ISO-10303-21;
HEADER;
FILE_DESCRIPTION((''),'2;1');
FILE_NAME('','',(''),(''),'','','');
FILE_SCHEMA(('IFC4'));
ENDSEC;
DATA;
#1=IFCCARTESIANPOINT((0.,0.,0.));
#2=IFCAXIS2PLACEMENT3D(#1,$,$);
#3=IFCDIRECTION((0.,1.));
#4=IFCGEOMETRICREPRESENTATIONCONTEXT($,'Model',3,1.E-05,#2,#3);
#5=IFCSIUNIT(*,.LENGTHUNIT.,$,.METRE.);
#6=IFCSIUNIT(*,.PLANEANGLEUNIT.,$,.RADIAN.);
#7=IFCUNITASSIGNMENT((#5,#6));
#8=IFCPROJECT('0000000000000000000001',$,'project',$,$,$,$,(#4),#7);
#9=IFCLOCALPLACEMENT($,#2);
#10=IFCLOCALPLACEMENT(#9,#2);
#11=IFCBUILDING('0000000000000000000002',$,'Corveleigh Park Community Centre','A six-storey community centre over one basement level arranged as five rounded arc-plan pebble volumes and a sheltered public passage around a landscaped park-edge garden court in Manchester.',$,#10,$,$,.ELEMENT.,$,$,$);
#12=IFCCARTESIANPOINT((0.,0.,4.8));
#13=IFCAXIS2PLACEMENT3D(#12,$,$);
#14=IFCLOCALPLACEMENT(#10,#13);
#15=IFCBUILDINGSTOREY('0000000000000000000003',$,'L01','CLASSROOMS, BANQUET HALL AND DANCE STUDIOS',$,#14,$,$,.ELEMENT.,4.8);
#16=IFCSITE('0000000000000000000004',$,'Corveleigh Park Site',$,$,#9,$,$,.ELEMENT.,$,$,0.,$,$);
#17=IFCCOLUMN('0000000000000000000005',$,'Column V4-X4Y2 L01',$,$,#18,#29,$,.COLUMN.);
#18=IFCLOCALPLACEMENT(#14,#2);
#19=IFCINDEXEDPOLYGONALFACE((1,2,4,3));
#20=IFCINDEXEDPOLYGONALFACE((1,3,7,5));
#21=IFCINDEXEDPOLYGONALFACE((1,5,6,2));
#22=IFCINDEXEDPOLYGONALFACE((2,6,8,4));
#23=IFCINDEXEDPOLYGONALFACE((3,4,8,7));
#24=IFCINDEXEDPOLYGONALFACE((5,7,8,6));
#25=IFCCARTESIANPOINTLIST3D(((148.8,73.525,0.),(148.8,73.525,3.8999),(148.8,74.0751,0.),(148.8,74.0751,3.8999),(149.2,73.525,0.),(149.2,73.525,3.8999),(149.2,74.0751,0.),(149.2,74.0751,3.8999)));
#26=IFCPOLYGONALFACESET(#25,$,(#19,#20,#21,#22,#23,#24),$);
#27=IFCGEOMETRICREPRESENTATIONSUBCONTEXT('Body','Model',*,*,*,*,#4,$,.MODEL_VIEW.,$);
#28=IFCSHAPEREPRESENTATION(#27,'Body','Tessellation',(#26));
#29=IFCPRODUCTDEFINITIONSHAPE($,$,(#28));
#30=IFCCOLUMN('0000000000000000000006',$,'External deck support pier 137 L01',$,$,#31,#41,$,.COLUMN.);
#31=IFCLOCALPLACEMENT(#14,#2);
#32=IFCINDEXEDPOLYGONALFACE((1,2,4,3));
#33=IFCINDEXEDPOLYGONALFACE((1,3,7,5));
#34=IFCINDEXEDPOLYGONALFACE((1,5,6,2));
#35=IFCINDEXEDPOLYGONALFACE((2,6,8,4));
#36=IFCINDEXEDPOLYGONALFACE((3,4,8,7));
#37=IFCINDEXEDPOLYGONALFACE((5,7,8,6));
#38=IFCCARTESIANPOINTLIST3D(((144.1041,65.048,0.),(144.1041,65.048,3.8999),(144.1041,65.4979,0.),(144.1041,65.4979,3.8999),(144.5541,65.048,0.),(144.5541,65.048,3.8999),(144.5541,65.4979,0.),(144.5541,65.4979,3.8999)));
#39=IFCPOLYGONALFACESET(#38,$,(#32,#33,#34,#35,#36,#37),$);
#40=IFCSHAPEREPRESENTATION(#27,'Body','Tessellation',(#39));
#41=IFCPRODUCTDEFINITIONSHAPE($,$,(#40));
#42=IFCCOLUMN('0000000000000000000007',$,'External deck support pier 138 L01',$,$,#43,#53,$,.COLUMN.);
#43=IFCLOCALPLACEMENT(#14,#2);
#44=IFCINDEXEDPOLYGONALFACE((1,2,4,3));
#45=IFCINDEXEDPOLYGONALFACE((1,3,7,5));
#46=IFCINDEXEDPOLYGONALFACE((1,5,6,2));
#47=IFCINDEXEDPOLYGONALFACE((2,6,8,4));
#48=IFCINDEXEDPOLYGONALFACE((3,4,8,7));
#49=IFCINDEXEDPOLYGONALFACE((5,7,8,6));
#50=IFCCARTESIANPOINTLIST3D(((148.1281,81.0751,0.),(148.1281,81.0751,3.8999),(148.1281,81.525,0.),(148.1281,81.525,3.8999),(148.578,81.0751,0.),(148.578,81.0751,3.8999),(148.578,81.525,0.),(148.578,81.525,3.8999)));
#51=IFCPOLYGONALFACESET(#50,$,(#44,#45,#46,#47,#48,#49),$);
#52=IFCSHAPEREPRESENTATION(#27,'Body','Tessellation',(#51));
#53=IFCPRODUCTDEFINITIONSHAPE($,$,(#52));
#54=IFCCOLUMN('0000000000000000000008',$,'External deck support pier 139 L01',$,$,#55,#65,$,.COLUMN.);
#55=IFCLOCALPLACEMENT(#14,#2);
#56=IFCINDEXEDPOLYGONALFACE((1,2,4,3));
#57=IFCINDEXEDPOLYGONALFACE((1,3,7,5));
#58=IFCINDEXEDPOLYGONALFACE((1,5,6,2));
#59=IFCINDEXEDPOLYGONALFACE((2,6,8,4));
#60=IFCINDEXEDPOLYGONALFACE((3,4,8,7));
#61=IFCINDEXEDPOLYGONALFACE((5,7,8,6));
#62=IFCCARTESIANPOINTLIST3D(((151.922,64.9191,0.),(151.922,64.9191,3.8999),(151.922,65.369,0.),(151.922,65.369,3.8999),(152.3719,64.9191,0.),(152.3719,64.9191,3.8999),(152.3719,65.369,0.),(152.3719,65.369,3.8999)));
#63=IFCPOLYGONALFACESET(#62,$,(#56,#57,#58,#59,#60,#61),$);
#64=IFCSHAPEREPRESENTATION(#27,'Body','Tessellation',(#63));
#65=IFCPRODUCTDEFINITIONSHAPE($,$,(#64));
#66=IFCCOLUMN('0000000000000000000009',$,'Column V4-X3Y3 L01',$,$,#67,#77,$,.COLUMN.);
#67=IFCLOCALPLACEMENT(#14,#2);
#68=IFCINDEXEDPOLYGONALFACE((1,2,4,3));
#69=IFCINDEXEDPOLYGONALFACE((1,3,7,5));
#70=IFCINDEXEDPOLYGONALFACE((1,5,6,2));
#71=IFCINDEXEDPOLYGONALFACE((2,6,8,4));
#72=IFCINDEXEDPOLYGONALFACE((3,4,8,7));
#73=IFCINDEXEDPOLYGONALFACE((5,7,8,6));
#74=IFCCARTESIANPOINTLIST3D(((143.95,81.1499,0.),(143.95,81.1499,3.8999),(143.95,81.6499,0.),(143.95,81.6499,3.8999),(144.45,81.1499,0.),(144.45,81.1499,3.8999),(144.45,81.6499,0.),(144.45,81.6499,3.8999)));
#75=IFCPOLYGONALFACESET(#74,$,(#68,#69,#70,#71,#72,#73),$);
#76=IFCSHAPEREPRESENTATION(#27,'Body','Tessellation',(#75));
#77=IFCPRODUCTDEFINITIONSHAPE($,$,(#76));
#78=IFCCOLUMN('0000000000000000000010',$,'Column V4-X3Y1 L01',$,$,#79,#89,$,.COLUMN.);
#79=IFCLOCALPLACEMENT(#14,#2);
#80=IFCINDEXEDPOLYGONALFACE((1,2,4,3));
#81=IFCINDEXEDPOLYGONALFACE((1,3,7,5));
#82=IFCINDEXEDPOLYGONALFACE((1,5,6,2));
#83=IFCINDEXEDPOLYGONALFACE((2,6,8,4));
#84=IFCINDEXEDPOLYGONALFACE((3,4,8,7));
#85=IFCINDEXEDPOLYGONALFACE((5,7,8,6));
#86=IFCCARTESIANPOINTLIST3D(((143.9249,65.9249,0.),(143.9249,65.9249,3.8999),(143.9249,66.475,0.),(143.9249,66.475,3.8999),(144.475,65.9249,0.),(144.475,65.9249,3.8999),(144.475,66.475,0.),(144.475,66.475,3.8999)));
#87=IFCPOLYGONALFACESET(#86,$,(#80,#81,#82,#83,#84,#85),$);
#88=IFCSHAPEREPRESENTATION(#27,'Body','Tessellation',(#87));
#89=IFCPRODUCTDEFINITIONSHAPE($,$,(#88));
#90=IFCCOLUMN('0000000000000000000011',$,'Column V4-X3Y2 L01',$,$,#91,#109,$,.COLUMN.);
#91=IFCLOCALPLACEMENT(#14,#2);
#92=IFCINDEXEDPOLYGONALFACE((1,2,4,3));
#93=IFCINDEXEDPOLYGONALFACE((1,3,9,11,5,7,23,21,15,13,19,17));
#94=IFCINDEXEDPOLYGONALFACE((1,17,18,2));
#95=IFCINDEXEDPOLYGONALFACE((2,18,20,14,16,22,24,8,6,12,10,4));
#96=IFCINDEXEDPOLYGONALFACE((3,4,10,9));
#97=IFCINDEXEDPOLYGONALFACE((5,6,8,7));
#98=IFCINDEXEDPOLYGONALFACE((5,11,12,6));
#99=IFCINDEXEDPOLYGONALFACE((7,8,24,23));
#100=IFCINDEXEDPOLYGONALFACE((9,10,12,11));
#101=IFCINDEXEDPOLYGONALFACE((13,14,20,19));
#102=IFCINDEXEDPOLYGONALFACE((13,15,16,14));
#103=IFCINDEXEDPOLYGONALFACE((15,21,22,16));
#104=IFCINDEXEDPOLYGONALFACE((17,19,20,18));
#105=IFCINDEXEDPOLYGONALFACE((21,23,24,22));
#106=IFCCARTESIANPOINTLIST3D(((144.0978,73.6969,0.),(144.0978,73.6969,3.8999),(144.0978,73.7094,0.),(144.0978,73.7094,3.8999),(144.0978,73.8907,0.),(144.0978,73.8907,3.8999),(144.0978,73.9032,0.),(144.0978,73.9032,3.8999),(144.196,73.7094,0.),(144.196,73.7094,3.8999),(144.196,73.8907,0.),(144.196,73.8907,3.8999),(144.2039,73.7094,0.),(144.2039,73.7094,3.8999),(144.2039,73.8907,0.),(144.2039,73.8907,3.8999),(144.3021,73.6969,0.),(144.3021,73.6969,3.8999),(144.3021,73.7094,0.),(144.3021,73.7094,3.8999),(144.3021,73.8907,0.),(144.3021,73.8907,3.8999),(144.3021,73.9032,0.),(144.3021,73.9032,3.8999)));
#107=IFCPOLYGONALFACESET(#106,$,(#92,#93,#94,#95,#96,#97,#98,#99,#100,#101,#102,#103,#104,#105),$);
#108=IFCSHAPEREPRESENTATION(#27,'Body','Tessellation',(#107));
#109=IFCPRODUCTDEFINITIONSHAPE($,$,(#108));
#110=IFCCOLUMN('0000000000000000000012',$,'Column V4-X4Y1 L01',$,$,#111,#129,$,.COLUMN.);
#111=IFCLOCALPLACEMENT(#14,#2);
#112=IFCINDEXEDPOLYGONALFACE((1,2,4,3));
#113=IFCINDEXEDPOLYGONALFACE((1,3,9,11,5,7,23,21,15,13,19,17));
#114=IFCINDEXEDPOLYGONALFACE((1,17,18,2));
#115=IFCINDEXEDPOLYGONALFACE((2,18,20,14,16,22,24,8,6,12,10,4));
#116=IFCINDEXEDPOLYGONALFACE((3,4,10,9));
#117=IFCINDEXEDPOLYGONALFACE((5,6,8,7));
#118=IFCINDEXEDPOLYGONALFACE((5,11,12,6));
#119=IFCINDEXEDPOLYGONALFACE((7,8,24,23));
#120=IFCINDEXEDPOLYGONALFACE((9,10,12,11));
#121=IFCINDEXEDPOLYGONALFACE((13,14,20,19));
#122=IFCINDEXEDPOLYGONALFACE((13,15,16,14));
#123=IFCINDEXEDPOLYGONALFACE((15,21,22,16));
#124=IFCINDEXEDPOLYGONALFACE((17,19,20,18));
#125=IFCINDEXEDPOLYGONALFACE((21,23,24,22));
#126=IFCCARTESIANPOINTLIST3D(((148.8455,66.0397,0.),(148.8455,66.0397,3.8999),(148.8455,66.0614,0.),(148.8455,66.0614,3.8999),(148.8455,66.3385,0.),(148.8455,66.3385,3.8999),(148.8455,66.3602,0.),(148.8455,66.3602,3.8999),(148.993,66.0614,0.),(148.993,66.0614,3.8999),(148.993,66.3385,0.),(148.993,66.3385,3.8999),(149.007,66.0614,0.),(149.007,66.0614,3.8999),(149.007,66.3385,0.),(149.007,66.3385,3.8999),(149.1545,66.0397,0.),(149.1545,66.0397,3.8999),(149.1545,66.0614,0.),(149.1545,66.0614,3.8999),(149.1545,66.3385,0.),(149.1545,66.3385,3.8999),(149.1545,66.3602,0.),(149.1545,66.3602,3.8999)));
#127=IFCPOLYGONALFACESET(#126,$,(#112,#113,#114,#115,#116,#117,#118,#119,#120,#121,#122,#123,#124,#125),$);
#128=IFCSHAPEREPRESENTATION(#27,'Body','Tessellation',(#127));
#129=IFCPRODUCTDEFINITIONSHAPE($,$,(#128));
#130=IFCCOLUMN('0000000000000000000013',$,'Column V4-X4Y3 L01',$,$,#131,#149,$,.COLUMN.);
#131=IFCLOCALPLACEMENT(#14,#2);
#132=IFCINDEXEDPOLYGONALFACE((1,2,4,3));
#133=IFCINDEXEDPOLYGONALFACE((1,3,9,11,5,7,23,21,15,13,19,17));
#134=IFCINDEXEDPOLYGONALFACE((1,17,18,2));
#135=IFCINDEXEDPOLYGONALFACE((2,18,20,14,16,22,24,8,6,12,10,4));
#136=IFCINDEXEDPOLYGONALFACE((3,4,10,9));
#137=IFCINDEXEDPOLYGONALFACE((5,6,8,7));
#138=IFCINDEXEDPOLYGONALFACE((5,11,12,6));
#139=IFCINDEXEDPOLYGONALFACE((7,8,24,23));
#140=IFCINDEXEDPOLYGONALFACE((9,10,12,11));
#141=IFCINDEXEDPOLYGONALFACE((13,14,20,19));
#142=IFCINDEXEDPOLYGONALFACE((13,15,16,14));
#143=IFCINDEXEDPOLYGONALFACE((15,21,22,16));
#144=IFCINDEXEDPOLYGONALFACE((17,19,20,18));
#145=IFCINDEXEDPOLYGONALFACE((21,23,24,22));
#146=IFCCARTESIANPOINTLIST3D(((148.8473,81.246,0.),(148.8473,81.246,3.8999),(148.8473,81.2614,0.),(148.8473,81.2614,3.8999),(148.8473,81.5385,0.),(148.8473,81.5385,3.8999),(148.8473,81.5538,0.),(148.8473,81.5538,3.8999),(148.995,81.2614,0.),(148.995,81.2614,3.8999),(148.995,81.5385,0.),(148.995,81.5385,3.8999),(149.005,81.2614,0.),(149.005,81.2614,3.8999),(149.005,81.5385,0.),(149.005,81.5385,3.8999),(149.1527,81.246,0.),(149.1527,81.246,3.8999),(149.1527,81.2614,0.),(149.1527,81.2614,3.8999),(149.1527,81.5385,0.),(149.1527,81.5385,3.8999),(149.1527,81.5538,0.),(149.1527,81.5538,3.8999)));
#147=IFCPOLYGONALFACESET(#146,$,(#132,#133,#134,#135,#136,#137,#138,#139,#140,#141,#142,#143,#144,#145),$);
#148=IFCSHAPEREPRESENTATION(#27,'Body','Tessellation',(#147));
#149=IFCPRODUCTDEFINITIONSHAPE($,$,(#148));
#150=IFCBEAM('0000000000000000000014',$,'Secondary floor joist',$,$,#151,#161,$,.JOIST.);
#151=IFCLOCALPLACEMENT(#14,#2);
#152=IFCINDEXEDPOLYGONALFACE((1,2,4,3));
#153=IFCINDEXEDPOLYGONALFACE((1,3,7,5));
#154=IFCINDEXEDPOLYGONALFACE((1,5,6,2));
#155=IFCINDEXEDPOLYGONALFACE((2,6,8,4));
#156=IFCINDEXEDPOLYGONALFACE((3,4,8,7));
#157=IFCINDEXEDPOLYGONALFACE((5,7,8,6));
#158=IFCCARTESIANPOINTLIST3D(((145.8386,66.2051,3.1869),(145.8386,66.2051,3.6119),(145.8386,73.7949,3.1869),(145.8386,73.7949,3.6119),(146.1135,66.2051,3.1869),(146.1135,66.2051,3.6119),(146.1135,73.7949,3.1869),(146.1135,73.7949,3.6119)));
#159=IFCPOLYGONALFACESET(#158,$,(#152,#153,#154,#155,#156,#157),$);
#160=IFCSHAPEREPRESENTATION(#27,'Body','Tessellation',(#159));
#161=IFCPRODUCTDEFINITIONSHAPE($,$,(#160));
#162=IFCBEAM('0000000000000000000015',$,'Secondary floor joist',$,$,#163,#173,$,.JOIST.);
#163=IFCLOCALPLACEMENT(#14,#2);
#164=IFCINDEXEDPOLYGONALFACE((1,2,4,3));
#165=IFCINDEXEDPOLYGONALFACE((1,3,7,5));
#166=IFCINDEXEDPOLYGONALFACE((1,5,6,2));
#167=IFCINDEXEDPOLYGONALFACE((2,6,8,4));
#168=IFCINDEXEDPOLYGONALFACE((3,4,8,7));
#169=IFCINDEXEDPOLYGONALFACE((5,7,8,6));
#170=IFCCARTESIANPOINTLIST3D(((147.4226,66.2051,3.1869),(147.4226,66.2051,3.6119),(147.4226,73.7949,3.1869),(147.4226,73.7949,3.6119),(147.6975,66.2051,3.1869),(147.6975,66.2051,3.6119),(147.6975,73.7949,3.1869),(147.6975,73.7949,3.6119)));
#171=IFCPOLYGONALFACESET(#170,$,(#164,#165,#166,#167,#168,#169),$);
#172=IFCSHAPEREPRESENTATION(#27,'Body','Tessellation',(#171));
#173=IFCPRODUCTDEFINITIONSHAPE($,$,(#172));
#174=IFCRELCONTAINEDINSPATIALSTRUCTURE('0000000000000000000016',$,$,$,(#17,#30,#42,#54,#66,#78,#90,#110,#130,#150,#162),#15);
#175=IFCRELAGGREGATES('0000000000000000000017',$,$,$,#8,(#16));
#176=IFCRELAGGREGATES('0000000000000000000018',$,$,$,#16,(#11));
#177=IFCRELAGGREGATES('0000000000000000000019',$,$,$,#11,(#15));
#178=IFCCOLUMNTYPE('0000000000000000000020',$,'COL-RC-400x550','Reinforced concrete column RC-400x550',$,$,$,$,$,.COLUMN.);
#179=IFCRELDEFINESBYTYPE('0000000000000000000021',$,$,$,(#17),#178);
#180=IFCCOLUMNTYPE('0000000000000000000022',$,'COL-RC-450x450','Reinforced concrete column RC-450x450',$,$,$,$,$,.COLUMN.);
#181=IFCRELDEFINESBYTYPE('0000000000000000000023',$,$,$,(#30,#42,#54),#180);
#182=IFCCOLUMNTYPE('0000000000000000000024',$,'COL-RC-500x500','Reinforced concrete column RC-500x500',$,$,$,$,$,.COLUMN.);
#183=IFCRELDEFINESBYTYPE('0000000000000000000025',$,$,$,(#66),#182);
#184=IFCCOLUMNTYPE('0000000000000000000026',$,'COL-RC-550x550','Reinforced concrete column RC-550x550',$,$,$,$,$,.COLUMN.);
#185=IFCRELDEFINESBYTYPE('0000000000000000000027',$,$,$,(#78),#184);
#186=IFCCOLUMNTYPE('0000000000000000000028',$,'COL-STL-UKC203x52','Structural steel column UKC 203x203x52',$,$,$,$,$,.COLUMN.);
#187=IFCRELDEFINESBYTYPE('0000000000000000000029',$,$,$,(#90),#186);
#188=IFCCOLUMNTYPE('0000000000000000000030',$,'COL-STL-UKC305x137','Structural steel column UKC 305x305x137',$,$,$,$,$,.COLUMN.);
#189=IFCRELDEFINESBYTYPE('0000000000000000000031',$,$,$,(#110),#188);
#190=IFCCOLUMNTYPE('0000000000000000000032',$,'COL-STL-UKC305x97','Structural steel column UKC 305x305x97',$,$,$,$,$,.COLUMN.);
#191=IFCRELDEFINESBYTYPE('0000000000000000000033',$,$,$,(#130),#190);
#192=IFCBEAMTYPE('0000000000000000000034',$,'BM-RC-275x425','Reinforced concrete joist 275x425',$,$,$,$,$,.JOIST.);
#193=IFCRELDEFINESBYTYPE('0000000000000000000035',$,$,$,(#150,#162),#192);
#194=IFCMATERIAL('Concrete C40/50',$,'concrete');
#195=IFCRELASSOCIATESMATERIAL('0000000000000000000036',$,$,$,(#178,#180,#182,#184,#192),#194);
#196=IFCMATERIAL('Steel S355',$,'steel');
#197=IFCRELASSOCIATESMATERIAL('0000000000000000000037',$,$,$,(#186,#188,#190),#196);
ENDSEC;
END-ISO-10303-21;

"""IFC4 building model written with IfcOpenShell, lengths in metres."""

from ifc_helpers import new_model, si_unit, direction, frame, origin, origin_2d, place, context, subcontext, project, spatial, rectangle, i_section, extrude, material, material_profile, profile_set, type_object, element, save


model = new_model("IFC4")

# Units and contexts
model_context = context("Model", 3, precision=1e-05, world=origin(), true_north=direction((0.0, 1.0)))
body_context = subcontext(model_context, "Body", "Model", "MODEL_VIEW")
ifc_project = project(units=[si_unit("LENGTHUNIT", "METRE"), si_unit("PLANEANGLEUNIT", "RADIAN")], contexts=[model_context])

# Site, building, storey
site_placement = place(None, origin())
site = spatial("IfcSite", under=ifc_project, at=site_placement, Name="Corveleigh Park Site", CompositionType="ELEMENT", RefElevation=0.0)
building_placement = place(site_placement, origin())
building = spatial("IfcBuilding", under=site, at=building_placement, Name="Corveleigh Park Community Centre", Description="A six-storey community centre over one basement level arranged as five rounded arc-plan pebble volumes and a sheltered public passage around a landscaped park-edge garden court in Manchester.", CompositionType="ELEMENT")
storey_placement = place(building_placement, frame((0.0, 0.0, 4.8)))
storey = spatial("IfcBuildingStorey", under=building, at=storey_placement, Name="L01", Description="CLASSROOMS, BANQUET HALL AND DANCE STUDIOS", CompositionType="ELEMENT", Elevation=4.8)

# Columns
ifc_material_1 = material(Name="Concrete C40/50", Category="concrete")
ifc_material_profile_1 = material_profile(ifc_material_1, rectangle(XDim=0.3999, YDim=0.55, at=origin_2d()), Name="RC-400x550", Category="concrete")
ifc_profile_set_1 = profile_set([ifc_material_profile_1], Name="Concrete C40/50")
column_type_1 = type_object("IfcColumnType", Name="COL-RC-400x550", Description="Reinforced concrete column RC-400x550", PredefinedType="COLUMN", material=ifc_profile_set_1)
column_1_placement = place(storey_placement, frame((149.0, 73.8, 0.0), z_axis=(0.0, 0.0, 1.0), x_axis=(1.0, 0.0, 0.0)))
element("IfcColumn", 1, at=column_1_placement, inside=storey, type_object=column_type_1, Name="Column V4-X4Y2 L01", PredefinedType="COLUMN", context=body_context, shape_type="SweptSolid", body=[
    extrude(rectangle(XDim=0.3999, YDim=0.55, at=origin_2d()), origin(), (0.0, 0.0, 1.0), 3.8999),
])
ifc_material_profile_2 = material_profile(ifc_material_1, rectangle(XDim=0.45, YDim=0.45, at=origin_2d()), Name="RC-450x450", Category="concrete")
ifc_profile_set_2 = profile_set([ifc_material_profile_2], Name="Concrete C40/50")
column_type_2 = type_object("IfcColumnType", Name="COL-RC-450x450", Description="Reinforced concrete column RC-450x450", PredefinedType="COLUMN", material=ifc_profile_set_2)
for number, where, z_axis, x_axis, name in (
    (2, (144.3291, 65.2729, 0.0), (0.0, 0.0, 1.0), (1.0, 0.0, 0.0), "External deck support pier 137 L01"),
    (3, (148.353, 81.3, 0.0), (0.0, 0.0, 1.0), (1.0, 0.0, 0.0), "External deck support pier 138 L01"),
    (4, (152.147, 65.144, 0.0), (0.0, 0.0, 1.0), (1.0, 0.0, 0.0), "External deck support pier 139 L01"),
):
    element("IfcColumn", number, at=place(storey_placement, frame(where, z_axis=z_axis, x_axis=x_axis)), inside=storey, type_object=column_type_2, Name=name, PredefinedType="COLUMN", context=body_context, shape_type="SweptSolid", body=[
        extrude(rectangle(XDim=0.45, YDim=0.45, at=origin_2d()), origin(), (0.0, 0.0, 1.0), 3.8999),
    ])
ifc_material_profile_3 = material_profile(ifc_material_1, rectangle(XDim=0.5, YDim=0.5, at=origin_2d()), Name="RC-500x500", Category="concrete")
ifc_profile_set_3 = profile_set([ifc_material_profile_3], Name="Concrete C40/50")
column_type_3 = type_object("IfcColumnType", Name="COL-RC-500x500", Description="Reinforced concrete column RC-500x500", PredefinedType="COLUMN", material=ifc_profile_set_3)
column_2_placement = place(storey_placement, frame((144.2, 81.3999, 0.0), z_axis=(0.0, 0.0, 1.0), x_axis=(1.0, 0.0, 0.0)))
element("IfcColumn", 5, at=column_2_placement, inside=storey, type_object=column_type_3, Name="Column V4-X3Y3 L01", PredefinedType="COLUMN", context=body_context, shape_type="SweptSolid", body=[
    extrude(rectangle(XDim=0.5, YDim=0.5, at=origin_2d()), origin(), (0.0, 0.0, 1.0), 3.8999),
])
ifc_material_profile_4 = material_profile(ifc_material_1, rectangle(XDim=0.55, YDim=0.55, at=origin_2d()), Name="RC-550x550", Category="concrete")
ifc_profile_set_4 = profile_set([ifc_material_profile_4], Name="Concrete C40/50")
column_type_4 = type_object("IfcColumnType", Name="COL-RC-550x550", Description="Reinforced concrete column RC-550x550", PredefinedType="COLUMN", material=ifc_profile_set_4)
column_3_placement = place(storey_placement, frame((144.2, 66.2, 0.0), z_axis=(0.0, 0.0, 1.0), x_axis=(1.0, 0.0, 0.0)))
element("IfcColumn", 6, at=column_3_placement, inside=storey, type_object=column_type_4, Name="Column V4-X3Y1 L01", PredefinedType="COLUMN", context=body_context, shape_type="SweptSolid", body=[
    extrude(rectangle(XDim=0.55, YDim=0.55, at=origin_2d()), origin(), (0.0, 0.0, 1.0), 3.8999),
])
ifc_material_2 = material(Name="Steel S355", Category="steel")
ifc_material_profile_5 = material_profile(ifc_material_2, i_section(OverallWidth=0.2043, OverallDepth=0.2063, WebThickness=0.0078, FlangeThickness=0.0125, at=origin_2d()), Name="UKC 203x203x52", Category="steel")
ifc_profile_set_5 = profile_set([ifc_material_profile_5], Name="Steel S355")
column_type_5 = type_object("IfcColumnType", Name="COL-STL-UKC203x52", Description="Structural steel column UKC 203x203x52", PredefinedType="COLUMN", material=ifc_profile_set_5)
column_4_placement = place(storey_placement, frame((144.2, 73.8, 0.0), z_axis=(0.0, 0.0, 1.0), x_axis=(1.0, 0.0, 0.0)))
element("IfcColumn", 7, at=column_4_placement, inside=storey, type_object=column_type_5, Name="Column V4-X3Y2 L01", PredefinedType="COLUMN", context=body_context, shape_type="SweptSolid", body=[
    extrude(i_section(OverallWidth=0.2043, OverallDepth=0.2063, WebThickness=0.0078, FlangeThickness=0.0125, at=origin_2d()), origin(), (0.0, 0.0, 1.0), 3.8999),
])
ifc_material_profile_6 = material_profile(ifc_material_2, i_section(OverallWidth=0.3091, OverallDepth=0.3206, WebThickness=0.0139, FlangeThickness=0.0217, at=origin_2d()), Name="UKC 305x305x137", Category="steel")
ifc_profile_set_6 = profile_set([ifc_material_profile_6], Name="Steel S355")
column_type_6 = type_object("IfcColumnType", Name="COL-STL-UKC305x137", Description="Structural steel column UKC 305x305x137", PredefinedType="COLUMN", material=ifc_profile_set_6)
column_5_placement = place(storey_placement, frame((149.0, 66.2, 0.0), z_axis=(0.0, 0.0, 1.0), x_axis=(1.0, 0.0, 0.0)))
element("IfcColumn", 8, at=column_5_placement, inside=storey, type_object=column_type_6, Name="Column V4-X4Y1 L01", PredefinedType="COLUMN", context=body_context, shape_type="SweptSolid", body=[
    extrude(i_section(OverallWidth=0.3091, OverallDepth=0.3206, WebThickness=0.0139, FlangeThickness=0.0217, at=origin_2d()), origin(), (0.0, 0.0, 1.0), 3.8999),
])
ifc_material_profile_7 = material_profile(ifc_material_2, i_section(OverallWidth=0.3054, OverallDepth=0.3079, WebThickness=0.01, FlangeThickness=0.0154, at=origin_2d()), Name="UKC 305x305x97", Category="steel")
ifc_profile_set_7 = profile_set([ifc_material_profile_7], Name="Steel S355")
column_type_7 = type_object("IfcColumnType", Name="COL-STL-UKC305x97", Description="Structural steel column UKC 305x305x97", PredefinedType="COLUMN", material=ifc_profile_set_7)
column_6_placement = place(storey_placement, frame((149.0, 81.3999, 0.0), z_axis=(0.0, 0.0, 1.0), x_axis=(1.0, 0.0, 0.0)))
element("IfcColumn", 9, at=column_6_placement, inside=storey, type_object=column_type_7, Name="Column V4-X4Y3 L01", PredefinedType="COLUMN", context=body_context, shape_type="SweptSolid", body=[
    extrude(i_section(OverallWidth=0.3054, OverallDepth=0.3079, WebThickness=0.01, FlangeThickness=0.0154, at=origin_2d()), origin(), (0.0, 0.0, 1.0), 3.8999),
])

# Beams
ifc_material_profile_8 = material_profile(ifc_material_1, rectangle(XDim=0.2749, YDim=0.425, at=origin_2d()), Name="RC-275x425", Category="concrete")
ifc_profile_set_8 = profile_set([ifc_material_profile_8], Name="Concrete C40/50")
beam_type_1 = type_object("IfcBeamType", Name="BM-RC-275x425", Description="Reinforced concrete joist 275x425", PredefinedType="JOIST", material=ifc_profile_set_8)
for number, where, z_axis, x_axis, name in (
    (10, (145.9761, 66.2051, 3.3994), (0.0, 1.0, 0.0), (-1.0, 0.0, 0.0), "Secondary floor joist"),
    (11, (147.5601, 66.2051, 3.3994), (0.0, 1.0, 0.0), (-1.0, 0.0, 0.0), "Secondary floor joist"),
):
    element("IfcBeam", number, at=place(storey_placement, frame(where, z_axis=z_axis, x_axis=x_axis)), inside=storey, type_object=beam_type_1, Name=name, PredefinedType="JOIST", context=body_context, shape_type="SweptSolid", body=[
        extrude(rectangle(XDim=0.2749, YDim=0.425, at=origin_2d()), origin(), (0.0, 0.0, 1.0), 7.5898),
    ])

save(model, "model.ifc")
